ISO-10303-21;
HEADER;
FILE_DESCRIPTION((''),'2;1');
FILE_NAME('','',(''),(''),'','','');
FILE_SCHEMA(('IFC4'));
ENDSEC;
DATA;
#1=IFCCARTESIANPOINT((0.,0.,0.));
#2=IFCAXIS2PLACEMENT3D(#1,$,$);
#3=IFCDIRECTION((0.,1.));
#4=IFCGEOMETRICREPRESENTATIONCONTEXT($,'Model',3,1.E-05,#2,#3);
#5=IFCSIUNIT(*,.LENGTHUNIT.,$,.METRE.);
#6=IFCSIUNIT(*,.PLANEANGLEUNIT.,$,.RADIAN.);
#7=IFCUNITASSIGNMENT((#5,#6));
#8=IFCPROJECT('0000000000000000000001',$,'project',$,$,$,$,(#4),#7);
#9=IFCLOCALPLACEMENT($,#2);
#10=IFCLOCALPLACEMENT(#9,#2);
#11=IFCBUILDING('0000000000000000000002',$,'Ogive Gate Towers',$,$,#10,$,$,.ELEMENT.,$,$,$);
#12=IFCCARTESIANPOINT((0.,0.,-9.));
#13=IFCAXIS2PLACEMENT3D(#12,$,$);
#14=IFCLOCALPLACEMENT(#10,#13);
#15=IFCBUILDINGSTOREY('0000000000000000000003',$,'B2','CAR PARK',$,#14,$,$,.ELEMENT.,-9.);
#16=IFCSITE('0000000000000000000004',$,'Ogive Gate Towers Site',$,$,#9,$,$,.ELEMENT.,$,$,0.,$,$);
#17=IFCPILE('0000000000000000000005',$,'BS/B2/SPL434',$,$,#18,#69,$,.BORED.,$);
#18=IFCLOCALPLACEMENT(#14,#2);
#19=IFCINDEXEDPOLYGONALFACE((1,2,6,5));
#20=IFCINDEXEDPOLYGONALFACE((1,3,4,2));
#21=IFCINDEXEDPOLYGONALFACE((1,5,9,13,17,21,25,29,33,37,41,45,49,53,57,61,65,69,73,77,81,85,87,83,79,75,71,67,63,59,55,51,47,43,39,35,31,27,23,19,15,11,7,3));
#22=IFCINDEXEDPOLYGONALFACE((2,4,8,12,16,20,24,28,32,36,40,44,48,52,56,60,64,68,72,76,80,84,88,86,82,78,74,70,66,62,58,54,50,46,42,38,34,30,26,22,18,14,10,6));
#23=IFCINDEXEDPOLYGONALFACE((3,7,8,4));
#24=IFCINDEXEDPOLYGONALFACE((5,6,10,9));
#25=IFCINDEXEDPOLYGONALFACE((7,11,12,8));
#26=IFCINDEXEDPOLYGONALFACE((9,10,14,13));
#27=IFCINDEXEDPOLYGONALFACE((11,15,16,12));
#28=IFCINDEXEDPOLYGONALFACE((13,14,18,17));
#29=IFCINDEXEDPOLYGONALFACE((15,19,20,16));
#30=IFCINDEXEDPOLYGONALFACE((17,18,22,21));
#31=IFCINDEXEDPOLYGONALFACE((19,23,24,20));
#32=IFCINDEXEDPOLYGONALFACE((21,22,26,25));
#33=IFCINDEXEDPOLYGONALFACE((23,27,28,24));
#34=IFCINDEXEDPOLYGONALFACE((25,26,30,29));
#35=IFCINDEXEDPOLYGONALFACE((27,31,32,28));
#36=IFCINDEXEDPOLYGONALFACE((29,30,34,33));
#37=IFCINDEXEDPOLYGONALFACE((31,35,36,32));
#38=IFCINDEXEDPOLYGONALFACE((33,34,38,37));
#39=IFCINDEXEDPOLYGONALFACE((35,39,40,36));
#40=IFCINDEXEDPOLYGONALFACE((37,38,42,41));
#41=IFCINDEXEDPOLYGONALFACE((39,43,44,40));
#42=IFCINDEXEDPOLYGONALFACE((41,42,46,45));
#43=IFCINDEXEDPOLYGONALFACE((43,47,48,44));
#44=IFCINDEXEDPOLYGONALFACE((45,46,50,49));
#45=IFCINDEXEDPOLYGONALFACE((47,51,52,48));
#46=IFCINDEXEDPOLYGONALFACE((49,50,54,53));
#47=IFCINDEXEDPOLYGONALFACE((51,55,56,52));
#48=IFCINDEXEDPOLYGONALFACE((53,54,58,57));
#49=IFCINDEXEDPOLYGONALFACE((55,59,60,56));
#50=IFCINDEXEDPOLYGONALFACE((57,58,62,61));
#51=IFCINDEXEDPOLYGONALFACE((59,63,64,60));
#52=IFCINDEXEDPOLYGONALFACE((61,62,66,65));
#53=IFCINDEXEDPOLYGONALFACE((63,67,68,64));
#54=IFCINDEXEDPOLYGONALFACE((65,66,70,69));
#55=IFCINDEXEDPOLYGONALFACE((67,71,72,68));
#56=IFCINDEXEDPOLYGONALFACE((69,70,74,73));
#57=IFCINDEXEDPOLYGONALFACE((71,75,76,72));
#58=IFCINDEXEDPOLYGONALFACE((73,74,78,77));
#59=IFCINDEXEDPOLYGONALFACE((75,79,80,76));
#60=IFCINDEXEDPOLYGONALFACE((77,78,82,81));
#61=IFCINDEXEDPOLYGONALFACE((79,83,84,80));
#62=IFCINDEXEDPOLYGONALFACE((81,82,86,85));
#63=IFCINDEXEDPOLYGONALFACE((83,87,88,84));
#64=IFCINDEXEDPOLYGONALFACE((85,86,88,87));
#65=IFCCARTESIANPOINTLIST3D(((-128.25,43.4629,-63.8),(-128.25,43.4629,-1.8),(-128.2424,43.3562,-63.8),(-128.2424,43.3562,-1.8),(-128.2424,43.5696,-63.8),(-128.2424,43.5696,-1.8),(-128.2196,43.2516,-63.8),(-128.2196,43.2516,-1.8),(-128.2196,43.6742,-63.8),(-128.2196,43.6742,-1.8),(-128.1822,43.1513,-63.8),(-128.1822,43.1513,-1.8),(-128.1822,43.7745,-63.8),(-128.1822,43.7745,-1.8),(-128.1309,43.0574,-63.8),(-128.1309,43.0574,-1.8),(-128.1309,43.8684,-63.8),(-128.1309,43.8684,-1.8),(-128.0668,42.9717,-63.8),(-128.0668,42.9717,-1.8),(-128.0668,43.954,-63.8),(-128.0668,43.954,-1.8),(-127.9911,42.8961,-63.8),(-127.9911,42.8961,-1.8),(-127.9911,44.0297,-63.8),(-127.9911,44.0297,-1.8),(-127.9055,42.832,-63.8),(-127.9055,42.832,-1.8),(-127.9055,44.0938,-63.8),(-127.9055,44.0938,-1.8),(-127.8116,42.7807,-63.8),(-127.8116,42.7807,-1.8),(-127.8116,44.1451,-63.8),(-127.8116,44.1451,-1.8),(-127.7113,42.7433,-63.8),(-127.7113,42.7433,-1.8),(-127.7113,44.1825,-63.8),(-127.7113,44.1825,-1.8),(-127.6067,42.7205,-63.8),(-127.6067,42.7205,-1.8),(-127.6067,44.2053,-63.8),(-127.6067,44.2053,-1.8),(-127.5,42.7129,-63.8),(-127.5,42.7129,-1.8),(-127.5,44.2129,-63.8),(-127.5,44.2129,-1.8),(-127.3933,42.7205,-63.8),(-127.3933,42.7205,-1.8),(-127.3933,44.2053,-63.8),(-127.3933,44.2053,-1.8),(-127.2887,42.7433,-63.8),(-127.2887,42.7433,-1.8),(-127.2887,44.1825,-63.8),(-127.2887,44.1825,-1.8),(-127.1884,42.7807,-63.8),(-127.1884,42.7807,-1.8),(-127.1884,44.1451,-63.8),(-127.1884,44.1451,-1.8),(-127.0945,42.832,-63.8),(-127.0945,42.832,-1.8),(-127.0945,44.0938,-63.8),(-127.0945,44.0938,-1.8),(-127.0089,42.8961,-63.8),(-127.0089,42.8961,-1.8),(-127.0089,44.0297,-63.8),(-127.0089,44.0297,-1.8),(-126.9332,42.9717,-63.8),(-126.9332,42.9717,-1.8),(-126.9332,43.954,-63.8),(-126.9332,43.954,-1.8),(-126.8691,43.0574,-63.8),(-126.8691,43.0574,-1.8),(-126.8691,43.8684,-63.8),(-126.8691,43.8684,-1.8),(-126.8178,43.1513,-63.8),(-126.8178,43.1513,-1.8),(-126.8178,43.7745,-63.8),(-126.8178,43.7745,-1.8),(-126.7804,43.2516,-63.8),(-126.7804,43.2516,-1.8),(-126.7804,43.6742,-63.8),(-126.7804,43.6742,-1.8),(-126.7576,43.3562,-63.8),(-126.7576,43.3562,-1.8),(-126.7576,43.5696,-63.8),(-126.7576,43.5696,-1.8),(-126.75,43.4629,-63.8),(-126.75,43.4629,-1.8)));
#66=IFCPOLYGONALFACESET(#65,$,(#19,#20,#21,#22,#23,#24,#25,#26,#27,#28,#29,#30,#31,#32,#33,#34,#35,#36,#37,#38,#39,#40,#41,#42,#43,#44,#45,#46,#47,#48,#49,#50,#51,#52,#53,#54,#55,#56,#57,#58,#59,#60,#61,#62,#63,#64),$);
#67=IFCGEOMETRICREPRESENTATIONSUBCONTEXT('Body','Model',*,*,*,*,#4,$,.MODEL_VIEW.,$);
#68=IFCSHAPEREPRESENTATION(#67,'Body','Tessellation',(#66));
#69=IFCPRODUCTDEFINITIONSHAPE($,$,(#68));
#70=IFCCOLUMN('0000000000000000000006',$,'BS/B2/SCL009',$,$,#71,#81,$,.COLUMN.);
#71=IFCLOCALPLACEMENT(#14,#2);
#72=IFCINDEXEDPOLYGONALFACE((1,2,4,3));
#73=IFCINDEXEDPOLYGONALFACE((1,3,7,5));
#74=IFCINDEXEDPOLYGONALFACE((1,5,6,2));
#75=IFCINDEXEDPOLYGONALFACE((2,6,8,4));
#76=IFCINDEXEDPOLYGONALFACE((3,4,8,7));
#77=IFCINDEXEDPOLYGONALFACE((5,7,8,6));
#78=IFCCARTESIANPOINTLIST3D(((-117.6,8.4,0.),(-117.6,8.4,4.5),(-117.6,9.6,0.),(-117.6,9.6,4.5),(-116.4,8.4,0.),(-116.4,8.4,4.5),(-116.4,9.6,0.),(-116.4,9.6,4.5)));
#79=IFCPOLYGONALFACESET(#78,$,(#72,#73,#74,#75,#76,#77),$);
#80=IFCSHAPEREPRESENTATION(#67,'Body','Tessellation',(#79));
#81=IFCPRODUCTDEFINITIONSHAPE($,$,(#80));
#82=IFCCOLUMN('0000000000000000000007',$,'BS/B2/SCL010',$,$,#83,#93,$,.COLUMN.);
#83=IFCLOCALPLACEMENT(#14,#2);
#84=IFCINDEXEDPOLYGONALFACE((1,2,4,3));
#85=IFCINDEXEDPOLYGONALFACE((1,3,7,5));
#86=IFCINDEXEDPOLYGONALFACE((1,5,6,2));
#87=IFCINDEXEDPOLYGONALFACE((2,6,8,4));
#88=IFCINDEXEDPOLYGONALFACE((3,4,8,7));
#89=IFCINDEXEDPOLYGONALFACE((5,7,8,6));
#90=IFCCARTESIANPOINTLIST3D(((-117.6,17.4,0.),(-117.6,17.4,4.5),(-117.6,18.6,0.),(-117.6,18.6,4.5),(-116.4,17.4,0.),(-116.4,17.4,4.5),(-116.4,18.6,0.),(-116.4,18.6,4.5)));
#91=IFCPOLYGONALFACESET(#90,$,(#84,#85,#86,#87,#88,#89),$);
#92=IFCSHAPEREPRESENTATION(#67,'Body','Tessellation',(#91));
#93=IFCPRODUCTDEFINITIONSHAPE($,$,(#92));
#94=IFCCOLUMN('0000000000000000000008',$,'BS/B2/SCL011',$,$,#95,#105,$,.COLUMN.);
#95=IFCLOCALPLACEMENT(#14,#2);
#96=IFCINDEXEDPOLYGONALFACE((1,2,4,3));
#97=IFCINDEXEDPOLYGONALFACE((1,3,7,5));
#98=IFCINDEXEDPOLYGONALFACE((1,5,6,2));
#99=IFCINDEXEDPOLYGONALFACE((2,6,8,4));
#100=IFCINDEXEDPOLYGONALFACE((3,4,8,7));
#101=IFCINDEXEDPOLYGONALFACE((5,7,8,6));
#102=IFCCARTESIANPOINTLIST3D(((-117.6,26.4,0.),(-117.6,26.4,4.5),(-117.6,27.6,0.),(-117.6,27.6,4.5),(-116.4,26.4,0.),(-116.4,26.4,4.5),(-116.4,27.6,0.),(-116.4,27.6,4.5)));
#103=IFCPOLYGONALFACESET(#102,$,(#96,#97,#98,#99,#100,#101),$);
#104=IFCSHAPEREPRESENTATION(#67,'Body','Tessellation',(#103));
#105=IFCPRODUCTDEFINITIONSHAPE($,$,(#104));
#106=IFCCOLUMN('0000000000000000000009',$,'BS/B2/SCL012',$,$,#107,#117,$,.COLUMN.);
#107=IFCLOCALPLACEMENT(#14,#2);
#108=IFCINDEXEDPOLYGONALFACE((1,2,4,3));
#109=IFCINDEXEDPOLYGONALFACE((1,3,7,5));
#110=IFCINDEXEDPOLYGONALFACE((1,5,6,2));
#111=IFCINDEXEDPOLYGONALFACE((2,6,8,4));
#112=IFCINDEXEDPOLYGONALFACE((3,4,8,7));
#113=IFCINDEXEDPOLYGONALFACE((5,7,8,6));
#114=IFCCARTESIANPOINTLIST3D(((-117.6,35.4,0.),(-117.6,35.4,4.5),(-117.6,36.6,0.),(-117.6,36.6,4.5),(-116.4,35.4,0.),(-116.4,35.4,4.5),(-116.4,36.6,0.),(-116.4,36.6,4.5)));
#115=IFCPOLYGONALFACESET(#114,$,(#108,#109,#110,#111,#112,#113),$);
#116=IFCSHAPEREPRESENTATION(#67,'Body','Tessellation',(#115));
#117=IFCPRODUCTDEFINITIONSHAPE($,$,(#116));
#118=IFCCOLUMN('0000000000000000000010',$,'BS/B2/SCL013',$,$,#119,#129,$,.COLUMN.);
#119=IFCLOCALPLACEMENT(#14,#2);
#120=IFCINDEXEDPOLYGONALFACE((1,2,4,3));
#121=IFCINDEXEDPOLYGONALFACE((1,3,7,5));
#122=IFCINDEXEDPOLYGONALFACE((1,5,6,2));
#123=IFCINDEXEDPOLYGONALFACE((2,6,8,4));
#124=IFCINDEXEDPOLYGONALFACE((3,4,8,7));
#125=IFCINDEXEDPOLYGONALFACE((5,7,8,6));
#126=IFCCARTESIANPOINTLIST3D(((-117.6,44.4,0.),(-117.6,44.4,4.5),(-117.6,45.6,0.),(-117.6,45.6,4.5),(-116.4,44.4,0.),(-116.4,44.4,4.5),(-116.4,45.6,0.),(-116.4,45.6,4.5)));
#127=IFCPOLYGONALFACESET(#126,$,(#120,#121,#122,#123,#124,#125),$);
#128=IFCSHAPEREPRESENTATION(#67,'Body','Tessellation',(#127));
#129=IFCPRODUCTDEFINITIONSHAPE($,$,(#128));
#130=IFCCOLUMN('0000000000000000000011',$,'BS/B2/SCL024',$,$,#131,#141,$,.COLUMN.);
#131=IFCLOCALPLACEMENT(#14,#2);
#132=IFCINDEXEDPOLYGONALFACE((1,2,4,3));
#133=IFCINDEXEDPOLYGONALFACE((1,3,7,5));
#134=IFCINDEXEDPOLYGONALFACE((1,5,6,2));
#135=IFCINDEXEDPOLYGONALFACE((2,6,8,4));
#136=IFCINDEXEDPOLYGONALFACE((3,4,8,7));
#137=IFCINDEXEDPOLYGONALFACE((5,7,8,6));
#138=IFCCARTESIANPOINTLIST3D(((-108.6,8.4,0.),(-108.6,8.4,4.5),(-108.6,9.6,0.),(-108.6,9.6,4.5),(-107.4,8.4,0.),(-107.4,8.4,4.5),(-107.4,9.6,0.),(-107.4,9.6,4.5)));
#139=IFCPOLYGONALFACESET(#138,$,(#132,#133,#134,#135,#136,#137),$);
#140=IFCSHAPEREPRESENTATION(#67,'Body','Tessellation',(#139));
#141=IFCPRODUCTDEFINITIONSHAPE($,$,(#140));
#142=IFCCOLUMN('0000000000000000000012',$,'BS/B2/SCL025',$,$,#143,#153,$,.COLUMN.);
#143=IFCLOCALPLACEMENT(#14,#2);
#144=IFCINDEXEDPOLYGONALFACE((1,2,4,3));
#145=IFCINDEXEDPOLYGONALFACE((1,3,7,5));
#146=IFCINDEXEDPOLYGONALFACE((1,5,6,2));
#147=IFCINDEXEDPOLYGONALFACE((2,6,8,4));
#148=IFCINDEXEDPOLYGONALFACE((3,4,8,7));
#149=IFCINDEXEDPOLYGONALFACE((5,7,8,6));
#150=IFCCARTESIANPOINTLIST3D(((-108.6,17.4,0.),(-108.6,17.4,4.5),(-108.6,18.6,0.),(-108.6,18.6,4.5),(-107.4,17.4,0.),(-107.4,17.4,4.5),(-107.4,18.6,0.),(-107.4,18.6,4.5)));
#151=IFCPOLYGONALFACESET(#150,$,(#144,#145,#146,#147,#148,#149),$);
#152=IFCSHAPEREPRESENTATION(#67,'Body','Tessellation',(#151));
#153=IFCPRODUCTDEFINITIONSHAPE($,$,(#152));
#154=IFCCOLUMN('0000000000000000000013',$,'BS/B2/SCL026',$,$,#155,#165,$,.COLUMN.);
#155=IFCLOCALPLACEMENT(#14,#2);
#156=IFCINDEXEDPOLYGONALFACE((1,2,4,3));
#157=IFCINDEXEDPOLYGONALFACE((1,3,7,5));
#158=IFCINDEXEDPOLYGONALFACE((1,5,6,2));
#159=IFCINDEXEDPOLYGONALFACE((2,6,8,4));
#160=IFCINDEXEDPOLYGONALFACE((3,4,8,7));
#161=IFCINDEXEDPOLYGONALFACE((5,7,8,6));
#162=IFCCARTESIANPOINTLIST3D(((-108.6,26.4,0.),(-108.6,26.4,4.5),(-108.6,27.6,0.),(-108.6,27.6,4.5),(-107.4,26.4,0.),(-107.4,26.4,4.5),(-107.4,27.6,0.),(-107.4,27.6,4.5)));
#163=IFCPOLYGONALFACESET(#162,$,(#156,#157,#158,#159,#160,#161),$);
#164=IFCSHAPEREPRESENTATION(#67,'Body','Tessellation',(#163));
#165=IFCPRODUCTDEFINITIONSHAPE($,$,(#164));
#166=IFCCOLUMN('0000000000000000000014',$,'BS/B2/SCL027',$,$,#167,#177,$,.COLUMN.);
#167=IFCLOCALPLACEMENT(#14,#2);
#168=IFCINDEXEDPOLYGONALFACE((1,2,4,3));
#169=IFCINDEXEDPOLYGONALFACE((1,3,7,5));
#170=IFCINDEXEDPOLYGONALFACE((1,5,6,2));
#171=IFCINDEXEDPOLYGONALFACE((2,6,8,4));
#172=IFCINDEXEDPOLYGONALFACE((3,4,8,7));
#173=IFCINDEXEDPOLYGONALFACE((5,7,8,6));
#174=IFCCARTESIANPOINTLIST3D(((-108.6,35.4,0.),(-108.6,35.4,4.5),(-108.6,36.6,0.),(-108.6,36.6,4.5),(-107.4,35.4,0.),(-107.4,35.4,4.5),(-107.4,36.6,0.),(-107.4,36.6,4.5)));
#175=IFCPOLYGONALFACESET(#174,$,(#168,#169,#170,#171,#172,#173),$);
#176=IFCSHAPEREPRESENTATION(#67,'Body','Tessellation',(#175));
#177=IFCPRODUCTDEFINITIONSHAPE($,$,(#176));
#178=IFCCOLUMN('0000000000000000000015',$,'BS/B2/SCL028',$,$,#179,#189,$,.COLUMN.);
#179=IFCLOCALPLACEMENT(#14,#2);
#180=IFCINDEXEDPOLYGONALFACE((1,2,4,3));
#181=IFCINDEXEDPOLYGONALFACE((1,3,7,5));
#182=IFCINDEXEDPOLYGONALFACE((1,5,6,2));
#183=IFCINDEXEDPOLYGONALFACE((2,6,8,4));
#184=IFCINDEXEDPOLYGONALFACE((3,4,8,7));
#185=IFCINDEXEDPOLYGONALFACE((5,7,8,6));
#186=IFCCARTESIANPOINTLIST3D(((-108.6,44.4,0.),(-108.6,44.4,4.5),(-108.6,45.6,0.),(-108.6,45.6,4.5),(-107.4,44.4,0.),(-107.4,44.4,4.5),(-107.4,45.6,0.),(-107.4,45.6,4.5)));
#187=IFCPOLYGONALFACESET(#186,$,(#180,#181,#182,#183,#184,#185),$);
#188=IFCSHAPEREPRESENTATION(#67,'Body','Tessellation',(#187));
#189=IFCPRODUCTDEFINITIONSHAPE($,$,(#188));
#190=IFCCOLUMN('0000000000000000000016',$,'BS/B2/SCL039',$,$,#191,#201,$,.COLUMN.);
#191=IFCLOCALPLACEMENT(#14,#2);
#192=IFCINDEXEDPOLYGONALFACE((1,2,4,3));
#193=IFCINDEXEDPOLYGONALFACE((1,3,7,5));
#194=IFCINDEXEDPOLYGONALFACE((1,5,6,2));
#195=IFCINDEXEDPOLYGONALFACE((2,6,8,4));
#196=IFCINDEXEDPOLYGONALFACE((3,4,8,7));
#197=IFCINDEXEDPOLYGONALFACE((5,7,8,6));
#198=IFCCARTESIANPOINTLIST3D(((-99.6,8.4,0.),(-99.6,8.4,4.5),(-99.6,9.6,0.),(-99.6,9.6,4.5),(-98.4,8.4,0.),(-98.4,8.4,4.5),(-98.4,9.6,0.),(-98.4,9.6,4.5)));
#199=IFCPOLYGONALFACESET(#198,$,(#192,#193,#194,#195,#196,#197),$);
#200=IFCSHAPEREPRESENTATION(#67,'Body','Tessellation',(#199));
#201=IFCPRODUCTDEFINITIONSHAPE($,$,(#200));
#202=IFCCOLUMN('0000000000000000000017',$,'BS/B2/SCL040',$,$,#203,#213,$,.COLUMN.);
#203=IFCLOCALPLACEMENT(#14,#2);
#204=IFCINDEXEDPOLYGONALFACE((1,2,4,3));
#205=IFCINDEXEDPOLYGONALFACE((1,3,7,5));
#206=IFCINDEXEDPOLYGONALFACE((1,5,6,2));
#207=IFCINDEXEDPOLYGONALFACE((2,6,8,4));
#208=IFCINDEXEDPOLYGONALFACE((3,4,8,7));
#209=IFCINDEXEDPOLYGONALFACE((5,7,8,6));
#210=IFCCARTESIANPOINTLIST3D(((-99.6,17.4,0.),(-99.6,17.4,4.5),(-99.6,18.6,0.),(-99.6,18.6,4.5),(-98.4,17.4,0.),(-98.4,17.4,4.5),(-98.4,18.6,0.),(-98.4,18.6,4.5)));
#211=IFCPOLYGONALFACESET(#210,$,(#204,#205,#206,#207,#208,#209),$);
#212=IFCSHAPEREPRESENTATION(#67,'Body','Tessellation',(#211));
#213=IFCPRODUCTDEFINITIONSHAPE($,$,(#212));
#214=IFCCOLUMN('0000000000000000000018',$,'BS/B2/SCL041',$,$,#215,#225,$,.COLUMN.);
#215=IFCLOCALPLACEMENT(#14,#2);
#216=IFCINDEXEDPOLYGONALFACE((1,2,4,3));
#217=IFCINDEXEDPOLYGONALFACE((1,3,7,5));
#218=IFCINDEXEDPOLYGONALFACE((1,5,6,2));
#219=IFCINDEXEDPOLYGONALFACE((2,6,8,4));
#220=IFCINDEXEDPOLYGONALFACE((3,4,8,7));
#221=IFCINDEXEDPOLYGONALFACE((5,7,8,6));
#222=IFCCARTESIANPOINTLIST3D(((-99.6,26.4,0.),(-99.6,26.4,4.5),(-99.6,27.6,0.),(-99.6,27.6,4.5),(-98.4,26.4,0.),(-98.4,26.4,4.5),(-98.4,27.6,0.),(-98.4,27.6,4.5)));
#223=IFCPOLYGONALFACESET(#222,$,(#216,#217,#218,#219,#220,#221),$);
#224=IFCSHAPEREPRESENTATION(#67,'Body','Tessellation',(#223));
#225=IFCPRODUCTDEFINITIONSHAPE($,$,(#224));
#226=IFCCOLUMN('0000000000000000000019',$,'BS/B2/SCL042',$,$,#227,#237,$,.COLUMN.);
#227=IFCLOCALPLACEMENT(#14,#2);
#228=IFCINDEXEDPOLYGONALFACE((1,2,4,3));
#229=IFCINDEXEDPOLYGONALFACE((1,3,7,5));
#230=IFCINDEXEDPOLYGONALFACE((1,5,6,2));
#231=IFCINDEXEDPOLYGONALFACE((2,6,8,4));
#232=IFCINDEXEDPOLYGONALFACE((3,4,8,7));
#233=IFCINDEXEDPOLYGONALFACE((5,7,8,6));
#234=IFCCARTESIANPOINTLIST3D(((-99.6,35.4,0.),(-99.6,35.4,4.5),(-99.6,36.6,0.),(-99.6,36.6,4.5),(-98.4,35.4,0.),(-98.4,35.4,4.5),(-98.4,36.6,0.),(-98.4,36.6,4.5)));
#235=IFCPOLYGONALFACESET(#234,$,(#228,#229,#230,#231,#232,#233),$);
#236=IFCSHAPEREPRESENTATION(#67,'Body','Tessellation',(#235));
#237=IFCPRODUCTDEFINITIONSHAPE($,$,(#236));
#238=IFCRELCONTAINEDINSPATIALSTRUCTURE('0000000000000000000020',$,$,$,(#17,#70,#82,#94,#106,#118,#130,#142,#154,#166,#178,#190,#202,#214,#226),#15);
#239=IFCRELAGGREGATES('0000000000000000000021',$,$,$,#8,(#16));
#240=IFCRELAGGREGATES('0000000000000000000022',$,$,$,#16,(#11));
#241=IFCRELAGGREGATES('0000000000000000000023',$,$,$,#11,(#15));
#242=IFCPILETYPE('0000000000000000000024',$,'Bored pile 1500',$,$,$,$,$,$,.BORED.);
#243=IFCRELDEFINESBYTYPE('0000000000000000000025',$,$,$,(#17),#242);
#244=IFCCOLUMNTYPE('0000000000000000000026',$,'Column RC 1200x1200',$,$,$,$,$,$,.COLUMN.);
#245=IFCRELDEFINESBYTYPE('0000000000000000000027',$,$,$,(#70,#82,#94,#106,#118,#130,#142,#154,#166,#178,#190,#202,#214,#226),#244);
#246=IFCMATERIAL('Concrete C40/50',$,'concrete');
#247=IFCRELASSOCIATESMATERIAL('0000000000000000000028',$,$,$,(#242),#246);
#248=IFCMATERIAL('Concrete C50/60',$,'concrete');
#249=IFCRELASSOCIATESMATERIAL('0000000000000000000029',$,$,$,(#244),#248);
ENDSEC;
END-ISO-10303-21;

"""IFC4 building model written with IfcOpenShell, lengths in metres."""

from ifc_helpers import new_model, si_unit, direction, frame, origin, origin_2d, place, context, subcontext, project, spatial, rectangle, circle, extrude, material, material_profile, profile_set, type_object, element, save


model = new_model("IFC4")

# Units and contexts
model_context = context("Model", 3, precision=1e-05, world=origin(), true_north=direction((0.0, 1.0)))
body_context = subcontext(model_context, "Body", "Model", "MODEL_VIEW")
ifc_project = project(units=[si_unit("LENGTHUNIT", "METRE"), si_unit("PLANEANGLEUNIT", "RADIAN")], contexts=[model_context])

# Site, building, storey
site_placement = place(None, origin())
site = spatial("IfcSite", under=ifc_project, at=site_placement, Name="Ogive Gate Towers Site", CompositionType="ELEMENT", RefElevation=0.0)
building_placement = place(site_placement, origin())
building = spatial("IfcBuilding", under=site, at=building_placement, Name="Ogive Gate Towers", CompositionType="ELEMENT")
storey_placement = place(building_placement, frame((0.0, 0.0, -9.0)))
storey = spatial("IfcBuildingStorey", under=building, at=storey_placement, Name="B2", Description="CAR PARK", CompositionType="ELEMENT", Elevation=-9.0)

# Pile
ifc_material_1 = material(Name="Concrete C40/50", Category="concrete")
ifc_material_profile_1 = material_profile(ifc_material_1, circle(Radius=0.75, at=origin_2d()), Name="BP 1500")
ifc_profile_set_1 = profile_set([ifc_material_profile_1], Name="Concrete C40/50")
pile_type = type_object("IfcPileType", Name="Bored pile 1500", PredefinedType="BORED", material=ifc_profile_set_1)
for number, where, z_axis, x_axis, name in (
    (1, (-127.5, 43.4629, -1.8), (0.0, 0.0, -1.0), (1.0, 0.0, 0.0), "BS/B2/SPL434"),
):
    element("IfcPile", number, at=place(storey_placement, frame(where, z_axis=z_axis, x_axis=x_axis)), inside=storey, type_object=pile_type, Name=name, PredefinedType="BORED", context=body_context, shape_type="SweptSolid", body=[
        extrude(circle(Radius=0.75, at=origin_2d()), origin(), (0.0, 0.0, 1.0), 62.0),
    ])

# Columns
ifc_material_2 = material(Name="Concrete C50/60", Category="concrete")
ifc_material_profile_2 = material_profile(ifc_material_2, rectangle(XDim=1.2, YDim=1.2, at=origin_2d()), Name="RC 1200x1200")
ifc_profile_set_2 = profile_set([ifc_material_profile_2], Name="Concrete C50/60")
column_type = type_object("IfcColumnType", Name="Column RC 1200x1200", PredefinedType="COLUMN", material=ifc_profile_set_2)
for number, where, z_axis, x_axis, name in (
    (2, (-117.0, 9.0, 0.0), (0.0, 0.0, 1.0), (1.0, 0.0, 0.0), "BS/B2/SCL009"),
    (3, (-117.0, 18.0, 0.0), (0.0, 0.0, 1.0), (1.0, 0.0, 0.0), "BS/B2/SCL010"),
    (4, (-117.0, 27.0, 0.0), (0.0, 0.0, 1.0), (1.0, 0.0, 0.0), "BS/B2/SCL011"),
    (5, (-117.0, 36.0, 0.0), (0.0, 0.0, 1.0), (1.0, 0.0, 0.0), "BS/B2/SCL012"),
    (6, (-117.0, 45.0, 0.0), (0.0, 0.0, 1.0), (1.0, 0.0, 0.0), "BS/B2/SCL013"),
    (7, (-108.0, 9.0, 0.0), (0.0, 0.0, 1.0), (1.0, 0.0, 0.0), "BS/B2/SCL024"),
    (8, (-108.0, 18.0, 0.0), (0.0, 0.0, 1.0), (1.0, 0.0, 0.0), "BS/B2/SCL025"),
    (9, (-108.0, 27.0, 0.0), (0.0, 0.0, 1.0), (1.0, 0.0, 0.0), "BS/B2/SCL026"),
    (10, (-108.0, 36.0, 0.0), (0.0, 0.0, 1.0), (1.0, 0.0, 0.0), "BS/B2/SCL027"),
    (11, (-108.0, 45.0, 0.0), (0.0, 0.0, 1.0), (1.0, 0.0, 0.0), "BS/B2/SCL028"),
    (12, (-99.0, 9.0, 0.0), (0.0, 0.0, 1.0), (1.0, 0.0, 0.0), "BS/B2/SCL039"),
    (13, (-99.0, 18.0, 0.0), (0.0, 0.0, 1.0), (1.0, 0.0, 0.0), "BS/B2/SCL040"),
    (14, (-99.0, 27.0, 0.0), (0.0, 0.0, 1.0), (1.0, 0.0, 0.0), "BS/B2/SCL041"),
    (15, (-99.0, 36.0, 0.0), (0.0, 0.0, 1.0), (1.0, 0.0, 0.0), "BS/B2/SCL042"),
):
    element("IfcColumn", number, at=place(storey_placement, frame(where, z_axis=z_axis, x_axis=x_axis)), inside=storey, type_object=column_type, Name=name, PredefinedType="COLUMN", context=body_context, shape_type="SweptSolid", body=[
        extrude(rectangle(XDim=1.2, YDim=1.2, at=origin_2d()), origin(), (0.0, 0.0, 1.0), 4.5),
    ])

save(model, "model.ifc")
